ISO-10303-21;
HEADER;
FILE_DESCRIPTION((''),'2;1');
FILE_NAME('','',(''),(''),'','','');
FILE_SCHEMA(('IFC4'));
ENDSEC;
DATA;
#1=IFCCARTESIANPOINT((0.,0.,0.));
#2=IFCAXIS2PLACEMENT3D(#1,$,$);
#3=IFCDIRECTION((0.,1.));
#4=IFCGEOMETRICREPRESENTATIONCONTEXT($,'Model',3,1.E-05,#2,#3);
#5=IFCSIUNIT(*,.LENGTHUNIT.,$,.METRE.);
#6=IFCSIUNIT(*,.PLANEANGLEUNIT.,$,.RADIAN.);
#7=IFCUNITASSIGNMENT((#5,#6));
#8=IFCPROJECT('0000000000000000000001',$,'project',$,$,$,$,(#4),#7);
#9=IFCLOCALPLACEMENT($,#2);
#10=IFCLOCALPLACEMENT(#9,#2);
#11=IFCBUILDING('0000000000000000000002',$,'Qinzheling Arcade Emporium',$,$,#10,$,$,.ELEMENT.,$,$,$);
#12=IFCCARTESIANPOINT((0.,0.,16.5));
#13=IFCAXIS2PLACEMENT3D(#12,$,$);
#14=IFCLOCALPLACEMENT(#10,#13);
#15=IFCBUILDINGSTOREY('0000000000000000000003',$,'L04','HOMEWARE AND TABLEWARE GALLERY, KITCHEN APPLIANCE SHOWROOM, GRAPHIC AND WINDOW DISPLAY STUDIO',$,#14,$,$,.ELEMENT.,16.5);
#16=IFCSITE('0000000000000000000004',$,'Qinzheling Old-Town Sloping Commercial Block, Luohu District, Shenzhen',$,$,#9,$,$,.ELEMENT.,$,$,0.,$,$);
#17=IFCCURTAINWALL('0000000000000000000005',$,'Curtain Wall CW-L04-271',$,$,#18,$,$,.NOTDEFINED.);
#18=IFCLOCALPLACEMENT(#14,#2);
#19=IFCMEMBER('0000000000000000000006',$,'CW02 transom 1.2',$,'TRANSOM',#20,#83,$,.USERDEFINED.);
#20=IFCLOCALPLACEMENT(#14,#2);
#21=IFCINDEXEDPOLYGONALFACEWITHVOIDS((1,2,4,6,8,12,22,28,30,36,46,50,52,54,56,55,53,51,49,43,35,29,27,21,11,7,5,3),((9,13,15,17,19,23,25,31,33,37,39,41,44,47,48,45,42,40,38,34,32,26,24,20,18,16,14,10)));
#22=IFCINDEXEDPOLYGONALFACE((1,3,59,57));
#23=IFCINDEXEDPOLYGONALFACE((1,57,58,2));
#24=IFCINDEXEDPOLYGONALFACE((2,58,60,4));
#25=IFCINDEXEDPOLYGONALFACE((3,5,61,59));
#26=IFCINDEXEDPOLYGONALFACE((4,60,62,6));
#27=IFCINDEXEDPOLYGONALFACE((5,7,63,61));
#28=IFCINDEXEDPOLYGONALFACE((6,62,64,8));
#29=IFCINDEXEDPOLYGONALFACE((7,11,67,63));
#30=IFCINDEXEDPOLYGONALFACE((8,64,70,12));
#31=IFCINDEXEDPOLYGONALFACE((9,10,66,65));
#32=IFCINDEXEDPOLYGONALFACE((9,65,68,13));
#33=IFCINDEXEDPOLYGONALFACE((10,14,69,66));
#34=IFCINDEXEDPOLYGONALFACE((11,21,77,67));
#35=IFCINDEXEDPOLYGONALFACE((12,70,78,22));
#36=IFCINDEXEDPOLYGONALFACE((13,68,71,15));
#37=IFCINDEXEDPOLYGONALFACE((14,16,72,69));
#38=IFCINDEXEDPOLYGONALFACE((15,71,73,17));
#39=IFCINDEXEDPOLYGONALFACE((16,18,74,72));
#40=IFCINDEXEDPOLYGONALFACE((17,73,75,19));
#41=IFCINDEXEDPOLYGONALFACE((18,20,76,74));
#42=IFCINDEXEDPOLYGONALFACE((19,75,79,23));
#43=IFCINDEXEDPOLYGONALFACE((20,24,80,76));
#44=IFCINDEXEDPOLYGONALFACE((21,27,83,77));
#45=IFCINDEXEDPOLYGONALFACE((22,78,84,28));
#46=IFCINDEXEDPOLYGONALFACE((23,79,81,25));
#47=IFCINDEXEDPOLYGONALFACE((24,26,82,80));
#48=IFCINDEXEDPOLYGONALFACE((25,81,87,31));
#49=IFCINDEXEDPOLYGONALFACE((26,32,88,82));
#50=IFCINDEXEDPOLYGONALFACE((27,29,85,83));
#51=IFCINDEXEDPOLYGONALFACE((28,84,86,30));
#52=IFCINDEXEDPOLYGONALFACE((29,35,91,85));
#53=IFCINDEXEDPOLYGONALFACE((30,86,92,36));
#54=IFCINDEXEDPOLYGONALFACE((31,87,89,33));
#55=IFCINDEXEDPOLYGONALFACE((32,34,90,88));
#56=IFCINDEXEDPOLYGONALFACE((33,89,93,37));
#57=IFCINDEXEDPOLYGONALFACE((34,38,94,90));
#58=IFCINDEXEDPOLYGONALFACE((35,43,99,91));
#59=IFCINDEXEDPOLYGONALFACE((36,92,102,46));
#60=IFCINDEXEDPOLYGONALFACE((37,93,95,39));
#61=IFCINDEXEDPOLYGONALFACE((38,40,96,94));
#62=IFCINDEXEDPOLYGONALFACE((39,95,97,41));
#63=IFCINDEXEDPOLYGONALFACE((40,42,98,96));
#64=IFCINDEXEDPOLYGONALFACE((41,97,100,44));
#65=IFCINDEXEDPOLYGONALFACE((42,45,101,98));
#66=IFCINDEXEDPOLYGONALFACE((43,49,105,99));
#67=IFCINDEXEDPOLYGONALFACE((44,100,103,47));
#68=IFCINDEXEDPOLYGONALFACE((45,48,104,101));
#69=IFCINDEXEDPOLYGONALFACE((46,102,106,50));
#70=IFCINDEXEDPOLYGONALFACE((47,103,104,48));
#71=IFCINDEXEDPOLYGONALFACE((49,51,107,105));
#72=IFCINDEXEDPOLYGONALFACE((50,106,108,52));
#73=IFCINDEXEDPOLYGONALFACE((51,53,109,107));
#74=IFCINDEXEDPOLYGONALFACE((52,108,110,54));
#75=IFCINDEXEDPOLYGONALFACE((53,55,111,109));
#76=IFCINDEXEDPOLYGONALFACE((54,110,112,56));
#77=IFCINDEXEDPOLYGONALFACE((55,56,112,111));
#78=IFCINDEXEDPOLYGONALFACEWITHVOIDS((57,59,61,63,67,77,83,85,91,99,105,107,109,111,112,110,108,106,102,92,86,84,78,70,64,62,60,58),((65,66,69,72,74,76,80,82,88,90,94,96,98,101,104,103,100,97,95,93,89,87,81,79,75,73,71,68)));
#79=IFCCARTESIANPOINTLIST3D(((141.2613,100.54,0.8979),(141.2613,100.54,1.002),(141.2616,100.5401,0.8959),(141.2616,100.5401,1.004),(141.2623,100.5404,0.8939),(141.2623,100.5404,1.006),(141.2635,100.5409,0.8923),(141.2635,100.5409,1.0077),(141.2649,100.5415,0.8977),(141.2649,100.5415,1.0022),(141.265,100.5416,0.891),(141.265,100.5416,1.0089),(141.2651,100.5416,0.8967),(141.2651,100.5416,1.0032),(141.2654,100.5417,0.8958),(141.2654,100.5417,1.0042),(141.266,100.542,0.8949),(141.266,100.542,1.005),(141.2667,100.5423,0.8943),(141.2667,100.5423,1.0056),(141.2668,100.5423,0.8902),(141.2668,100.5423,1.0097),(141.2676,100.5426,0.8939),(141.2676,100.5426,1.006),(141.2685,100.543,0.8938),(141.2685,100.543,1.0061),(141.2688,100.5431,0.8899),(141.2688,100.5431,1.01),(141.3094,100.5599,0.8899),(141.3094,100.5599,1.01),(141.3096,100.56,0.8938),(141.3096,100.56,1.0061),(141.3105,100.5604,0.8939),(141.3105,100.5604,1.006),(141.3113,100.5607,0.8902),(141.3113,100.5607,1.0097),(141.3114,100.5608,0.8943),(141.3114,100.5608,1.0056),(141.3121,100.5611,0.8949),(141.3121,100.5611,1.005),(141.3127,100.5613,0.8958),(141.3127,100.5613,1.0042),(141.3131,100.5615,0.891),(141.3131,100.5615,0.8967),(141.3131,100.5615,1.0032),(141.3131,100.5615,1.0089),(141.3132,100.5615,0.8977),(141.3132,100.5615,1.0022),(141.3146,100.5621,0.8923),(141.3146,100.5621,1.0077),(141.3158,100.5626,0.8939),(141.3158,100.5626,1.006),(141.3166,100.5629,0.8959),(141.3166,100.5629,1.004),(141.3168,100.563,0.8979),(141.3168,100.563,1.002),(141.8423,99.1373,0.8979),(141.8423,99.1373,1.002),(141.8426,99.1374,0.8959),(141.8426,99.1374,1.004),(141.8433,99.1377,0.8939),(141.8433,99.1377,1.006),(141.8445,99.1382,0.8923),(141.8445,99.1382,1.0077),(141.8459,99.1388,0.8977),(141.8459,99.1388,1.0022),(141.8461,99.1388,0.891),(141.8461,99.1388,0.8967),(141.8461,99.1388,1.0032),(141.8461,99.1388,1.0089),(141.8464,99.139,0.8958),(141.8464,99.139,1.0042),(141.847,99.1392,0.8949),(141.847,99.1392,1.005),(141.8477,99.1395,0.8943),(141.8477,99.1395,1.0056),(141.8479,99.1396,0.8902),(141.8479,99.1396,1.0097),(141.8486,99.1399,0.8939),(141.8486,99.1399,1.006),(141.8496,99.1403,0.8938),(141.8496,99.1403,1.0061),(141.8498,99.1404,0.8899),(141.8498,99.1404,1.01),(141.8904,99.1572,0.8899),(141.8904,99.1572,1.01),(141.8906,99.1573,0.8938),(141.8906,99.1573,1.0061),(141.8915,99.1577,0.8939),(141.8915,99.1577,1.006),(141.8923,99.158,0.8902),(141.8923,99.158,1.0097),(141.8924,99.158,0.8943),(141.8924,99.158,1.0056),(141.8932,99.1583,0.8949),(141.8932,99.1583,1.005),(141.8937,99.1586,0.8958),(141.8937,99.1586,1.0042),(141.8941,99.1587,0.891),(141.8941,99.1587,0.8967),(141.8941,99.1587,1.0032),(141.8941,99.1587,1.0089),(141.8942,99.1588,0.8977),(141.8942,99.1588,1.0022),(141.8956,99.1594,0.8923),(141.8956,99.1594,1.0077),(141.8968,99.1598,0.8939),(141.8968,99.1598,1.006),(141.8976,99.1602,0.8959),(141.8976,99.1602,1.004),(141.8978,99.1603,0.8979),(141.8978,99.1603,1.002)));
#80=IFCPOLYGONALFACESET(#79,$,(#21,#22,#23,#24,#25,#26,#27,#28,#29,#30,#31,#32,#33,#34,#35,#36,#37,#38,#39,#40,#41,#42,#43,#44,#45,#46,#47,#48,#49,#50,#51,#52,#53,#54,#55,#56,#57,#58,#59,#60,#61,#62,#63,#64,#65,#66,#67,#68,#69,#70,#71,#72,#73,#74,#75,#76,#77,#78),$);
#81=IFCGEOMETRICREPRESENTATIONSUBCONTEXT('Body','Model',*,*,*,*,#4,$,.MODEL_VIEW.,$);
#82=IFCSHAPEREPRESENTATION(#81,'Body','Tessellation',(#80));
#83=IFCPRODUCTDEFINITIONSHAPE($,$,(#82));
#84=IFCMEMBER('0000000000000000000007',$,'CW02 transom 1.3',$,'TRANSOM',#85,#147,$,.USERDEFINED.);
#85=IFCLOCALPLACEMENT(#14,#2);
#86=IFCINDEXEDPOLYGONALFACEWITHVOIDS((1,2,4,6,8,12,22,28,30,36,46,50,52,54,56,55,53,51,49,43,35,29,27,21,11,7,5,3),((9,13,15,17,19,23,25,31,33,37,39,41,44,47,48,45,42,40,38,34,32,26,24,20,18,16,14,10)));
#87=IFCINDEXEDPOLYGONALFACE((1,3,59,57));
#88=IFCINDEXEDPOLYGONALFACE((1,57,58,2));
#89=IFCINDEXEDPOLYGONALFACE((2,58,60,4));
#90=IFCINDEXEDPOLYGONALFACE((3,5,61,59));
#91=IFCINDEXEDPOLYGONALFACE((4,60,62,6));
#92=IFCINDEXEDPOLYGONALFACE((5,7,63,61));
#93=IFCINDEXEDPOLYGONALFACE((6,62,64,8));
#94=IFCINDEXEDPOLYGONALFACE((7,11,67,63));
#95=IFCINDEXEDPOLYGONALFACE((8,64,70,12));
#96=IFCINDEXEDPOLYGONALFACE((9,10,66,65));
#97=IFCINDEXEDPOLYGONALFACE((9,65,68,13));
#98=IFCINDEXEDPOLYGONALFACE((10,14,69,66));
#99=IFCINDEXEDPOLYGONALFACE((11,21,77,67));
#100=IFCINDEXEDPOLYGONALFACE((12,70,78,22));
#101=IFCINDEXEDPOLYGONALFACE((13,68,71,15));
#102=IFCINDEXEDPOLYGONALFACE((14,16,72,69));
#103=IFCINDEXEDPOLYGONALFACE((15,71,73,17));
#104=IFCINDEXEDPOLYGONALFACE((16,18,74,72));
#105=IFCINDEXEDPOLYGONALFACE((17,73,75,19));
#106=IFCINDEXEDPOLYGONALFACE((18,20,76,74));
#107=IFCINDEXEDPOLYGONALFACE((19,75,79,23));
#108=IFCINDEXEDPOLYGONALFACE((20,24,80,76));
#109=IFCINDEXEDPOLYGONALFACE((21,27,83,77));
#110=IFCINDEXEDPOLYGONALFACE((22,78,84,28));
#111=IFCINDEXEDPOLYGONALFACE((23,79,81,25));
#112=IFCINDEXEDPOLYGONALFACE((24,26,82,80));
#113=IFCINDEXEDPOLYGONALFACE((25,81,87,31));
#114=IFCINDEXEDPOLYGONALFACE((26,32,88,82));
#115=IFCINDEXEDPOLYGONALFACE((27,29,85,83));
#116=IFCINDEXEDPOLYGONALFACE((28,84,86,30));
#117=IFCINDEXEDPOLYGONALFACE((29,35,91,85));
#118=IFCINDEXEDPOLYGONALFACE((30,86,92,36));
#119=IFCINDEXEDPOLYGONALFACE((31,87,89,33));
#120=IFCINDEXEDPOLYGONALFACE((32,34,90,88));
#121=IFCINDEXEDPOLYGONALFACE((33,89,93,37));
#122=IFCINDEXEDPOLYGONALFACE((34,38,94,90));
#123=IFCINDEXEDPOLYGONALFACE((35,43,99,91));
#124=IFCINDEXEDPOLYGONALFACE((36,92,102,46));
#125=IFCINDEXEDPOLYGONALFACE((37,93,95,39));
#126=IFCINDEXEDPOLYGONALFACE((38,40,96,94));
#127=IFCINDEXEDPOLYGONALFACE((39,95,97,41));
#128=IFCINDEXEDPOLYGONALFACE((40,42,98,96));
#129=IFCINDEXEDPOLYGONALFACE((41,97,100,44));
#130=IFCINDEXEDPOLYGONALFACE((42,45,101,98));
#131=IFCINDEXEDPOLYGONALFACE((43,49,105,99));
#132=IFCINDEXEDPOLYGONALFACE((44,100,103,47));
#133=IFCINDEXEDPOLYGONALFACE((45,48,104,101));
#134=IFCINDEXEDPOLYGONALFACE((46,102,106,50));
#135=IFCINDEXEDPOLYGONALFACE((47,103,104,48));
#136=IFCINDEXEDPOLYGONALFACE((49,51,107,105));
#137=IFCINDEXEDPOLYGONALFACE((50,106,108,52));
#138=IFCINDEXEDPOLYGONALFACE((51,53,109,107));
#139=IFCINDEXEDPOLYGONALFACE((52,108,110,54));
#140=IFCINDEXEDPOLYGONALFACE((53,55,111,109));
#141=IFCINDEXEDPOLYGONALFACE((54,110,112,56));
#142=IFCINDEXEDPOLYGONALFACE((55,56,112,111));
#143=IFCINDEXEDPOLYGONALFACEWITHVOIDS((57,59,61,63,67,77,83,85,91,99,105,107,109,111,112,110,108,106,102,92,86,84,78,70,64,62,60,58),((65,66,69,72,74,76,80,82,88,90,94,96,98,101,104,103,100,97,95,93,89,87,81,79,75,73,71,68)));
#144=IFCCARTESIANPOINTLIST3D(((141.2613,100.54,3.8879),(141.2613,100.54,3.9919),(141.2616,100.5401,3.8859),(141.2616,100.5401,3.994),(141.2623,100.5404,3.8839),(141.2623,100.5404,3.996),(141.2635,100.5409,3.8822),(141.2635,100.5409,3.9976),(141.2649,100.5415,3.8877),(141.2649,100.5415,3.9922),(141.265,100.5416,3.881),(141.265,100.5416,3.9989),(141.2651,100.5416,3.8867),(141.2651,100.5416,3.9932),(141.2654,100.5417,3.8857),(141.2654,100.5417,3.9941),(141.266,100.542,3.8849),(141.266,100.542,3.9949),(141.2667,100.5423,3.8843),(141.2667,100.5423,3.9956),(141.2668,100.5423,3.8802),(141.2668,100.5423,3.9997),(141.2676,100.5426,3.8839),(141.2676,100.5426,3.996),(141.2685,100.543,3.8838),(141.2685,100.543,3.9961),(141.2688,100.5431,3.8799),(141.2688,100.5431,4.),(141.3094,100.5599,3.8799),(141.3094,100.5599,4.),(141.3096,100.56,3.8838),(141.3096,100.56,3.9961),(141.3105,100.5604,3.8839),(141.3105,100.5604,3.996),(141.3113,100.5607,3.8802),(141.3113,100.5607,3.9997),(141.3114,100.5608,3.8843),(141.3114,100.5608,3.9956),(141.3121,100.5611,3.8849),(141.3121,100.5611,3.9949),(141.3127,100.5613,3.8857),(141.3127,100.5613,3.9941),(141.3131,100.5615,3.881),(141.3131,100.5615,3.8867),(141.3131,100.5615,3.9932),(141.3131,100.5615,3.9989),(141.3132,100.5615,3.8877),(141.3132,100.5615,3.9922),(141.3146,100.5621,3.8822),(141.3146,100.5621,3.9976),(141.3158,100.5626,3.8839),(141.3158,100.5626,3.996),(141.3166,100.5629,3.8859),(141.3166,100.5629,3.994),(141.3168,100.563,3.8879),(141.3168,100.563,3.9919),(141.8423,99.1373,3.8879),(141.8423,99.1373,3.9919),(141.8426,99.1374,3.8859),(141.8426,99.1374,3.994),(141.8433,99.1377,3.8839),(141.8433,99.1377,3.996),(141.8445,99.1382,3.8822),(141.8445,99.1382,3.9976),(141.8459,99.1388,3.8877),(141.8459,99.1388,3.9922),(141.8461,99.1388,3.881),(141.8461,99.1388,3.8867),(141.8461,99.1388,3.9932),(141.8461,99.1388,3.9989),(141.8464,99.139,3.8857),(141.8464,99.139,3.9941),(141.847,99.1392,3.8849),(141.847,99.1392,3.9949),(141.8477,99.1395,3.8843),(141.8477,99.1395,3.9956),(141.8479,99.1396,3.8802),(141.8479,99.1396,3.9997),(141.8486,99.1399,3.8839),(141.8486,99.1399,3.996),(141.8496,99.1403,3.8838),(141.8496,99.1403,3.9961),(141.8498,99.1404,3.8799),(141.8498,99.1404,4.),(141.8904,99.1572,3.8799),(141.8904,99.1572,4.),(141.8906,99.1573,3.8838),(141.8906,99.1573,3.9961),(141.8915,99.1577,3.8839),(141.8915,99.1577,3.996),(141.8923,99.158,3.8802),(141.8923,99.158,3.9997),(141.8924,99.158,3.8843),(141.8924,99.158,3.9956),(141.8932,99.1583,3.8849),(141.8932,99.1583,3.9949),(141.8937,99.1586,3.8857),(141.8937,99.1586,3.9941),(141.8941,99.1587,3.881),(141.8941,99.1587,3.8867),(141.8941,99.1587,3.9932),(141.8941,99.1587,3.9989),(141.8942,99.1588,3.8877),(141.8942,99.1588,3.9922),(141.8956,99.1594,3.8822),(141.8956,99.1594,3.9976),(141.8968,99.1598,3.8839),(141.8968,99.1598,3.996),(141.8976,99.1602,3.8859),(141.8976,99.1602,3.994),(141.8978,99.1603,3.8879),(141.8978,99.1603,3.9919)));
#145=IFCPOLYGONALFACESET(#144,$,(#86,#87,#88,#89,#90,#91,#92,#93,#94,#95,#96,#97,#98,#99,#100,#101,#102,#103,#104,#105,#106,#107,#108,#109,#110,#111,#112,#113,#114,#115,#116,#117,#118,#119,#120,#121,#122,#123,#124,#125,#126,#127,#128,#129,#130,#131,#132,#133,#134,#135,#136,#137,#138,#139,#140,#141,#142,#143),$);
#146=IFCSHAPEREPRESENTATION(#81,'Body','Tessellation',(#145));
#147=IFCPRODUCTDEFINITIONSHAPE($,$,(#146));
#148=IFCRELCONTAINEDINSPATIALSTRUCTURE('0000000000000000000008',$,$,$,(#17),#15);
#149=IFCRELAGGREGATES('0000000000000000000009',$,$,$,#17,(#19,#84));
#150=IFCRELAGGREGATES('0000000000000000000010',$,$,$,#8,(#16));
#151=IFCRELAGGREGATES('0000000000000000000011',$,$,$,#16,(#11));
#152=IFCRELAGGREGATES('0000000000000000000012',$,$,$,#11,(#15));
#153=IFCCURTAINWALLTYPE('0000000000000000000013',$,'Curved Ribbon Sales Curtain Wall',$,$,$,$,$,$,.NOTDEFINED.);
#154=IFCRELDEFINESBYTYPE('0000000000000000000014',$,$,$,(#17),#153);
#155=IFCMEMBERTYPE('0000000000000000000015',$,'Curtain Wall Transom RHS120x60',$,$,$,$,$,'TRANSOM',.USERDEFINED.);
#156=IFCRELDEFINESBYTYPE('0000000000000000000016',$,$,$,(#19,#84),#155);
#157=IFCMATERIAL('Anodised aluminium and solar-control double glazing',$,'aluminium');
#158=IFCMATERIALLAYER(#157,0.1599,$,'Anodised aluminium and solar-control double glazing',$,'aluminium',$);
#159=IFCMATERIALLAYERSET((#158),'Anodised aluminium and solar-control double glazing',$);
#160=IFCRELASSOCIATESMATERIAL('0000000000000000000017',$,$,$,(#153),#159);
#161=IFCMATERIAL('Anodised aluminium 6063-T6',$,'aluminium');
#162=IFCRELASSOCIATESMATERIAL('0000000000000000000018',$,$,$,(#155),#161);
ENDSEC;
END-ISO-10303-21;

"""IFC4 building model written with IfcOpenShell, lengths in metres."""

from ifc_helpers import new_model, si_unit, direction, frame, origin, origin_2d, place, context, subcontext, project, spatial, hollow_rectangle, extrude, material, layer, layer_set, material_profile, profile_set, type_object, element, aggregate, save


model = new_model("IFC4")

# Units and contexts
model_context = context("Model", 3, precision=1e-05, world=origin(), true_north=direction((0.0, 1.0)))
body_context = subcontext(model_context, "Body", "Model", "MODEL_VIEW")
ifc_project = project(units=[si_unit("LENGTHUNIT", "METRE"), si_unit("PLANEANGLEUNIT", "RADIAN")], contexts=[model_context])

# Site, building, storey
site_placement = place(None, origin())
site = spatial("IfcSite", under=ifc_project, at=site_placement, Name="Qinzheling Old-Town Sloping Commercial Block, Luohu District, Shenzhen", CompositionType="ELEMENT", RefElevation=0.0)
building_placement = place(site_placement, origin())
building = spatial("IfcBuilding", under=site, at=building_placement, Name="Qinzheling Arcade Emporium", CompositionType="ELEMENT")
storey_placement = place(building_placement, frame((0.0, 0.0, 16.5)))
storey = spatial("IfcBuildingStorey", under=building, at=storey_placement, Name="L04", Description="HOMEWARE AND TABLEWARE GALLERY, KITCHEN APPLIANCE SHOWROOM, GRAPHIC AND WINDOW DISPLAY STUDIO", CompositionType="ELEMENT", Elevation=16.5)

# Shared definitions
ifc_material_1 = material(Name="Anodised aluminium and solar-control double glazing", Category="aluminium")
ifc_layer_1 = layer(ifc_material_1, 0.1599, Name="Anodised aluminium and solar-control double glazing", Category="aluminium")
ifc_layer_set_1 = layer_set([ifc_layer_1], Name="Anodised aluminium and solar-control double glazing")
curtain_wall_type = type_object("IfcCurtainWallType", Name="Curved Ribbon Sales Curtain Wall", PredefinedType="NOTDEFINED", material=ifc_layer_set_1)
ifc_material_2 = material(Name="Anodised aluminium 6063-T6", Category="aluminium")

# Curtain wall
curtain_wall_1_placement = place(storey_placement, origin())
curtain_wall_1 = element("IfcCurtainWall", 1, at=curtain_wall_1_placement, inside=storey, type_object=curtain_wall_type, Name="Curtain Wall CW-L04-271", PredefinedType="NOTDEFINED")

# Members
ifc_material_profile_1 = material_profile(ifc_material_2, hollow_rectangle(XDim=0.0601, YDim=0.1201, WallThickness=0.0039, InnerFilletRadius=0.0039, OuterFilletRadius=0.0081, at=origin_2d()), Name="RHS 120x60x4", Category="aluminium")
ifc_profile_set_1 = profile_set([ifc_material_profile_1], Name="Anodised aluminium 6063-T6")
member_type_1 = type_object("IfcMemberType", Name="Curtain Wall Transom RHS120x60", ElementType="TRANSOM", PredefinedType="USERDEFINED", material=ifc_profile_set_1)
member_1_placement = place(storey_placement, frame((141.2891, 100.5515, 0.95), z_axis=(0.382674, -0.923884, 0.0), x_axis=(0.923884, 0.382674, 0.0)))
member_1 = element("IfcMember", 2, at=member_1_placement, type_object=member_type_1, Name="CW02 transom 1.2", ObjectType="TRANSOM", PredefinedType="USERDEFINED", context=body_context, shape_type="SweptSolid", body=[
    extrude(hollow_rectangle(XDim=0.0601, YDim=0.1201, WallThickness=0.0039, InnerFilletRadius=0.0039, OuterFilletRadius=0.0081, at=origin_2d()), origin(), (0.0, 0.0, 1.0), 1.5183),
])
member_2_placement = place(storey_placement, frame((141.2891, 100.5515, 3.9399), z_axis=(0.382674, -0.923884, 0.0), x_axis=(0.923884, 0.382674, 0.0)))
member_2 = element("IfcMember", 3, at=member_2_placement, type_object=member_type_1, Name="CW02 transom 1.3", ObjectType="TRANSOM", PredefinedType="USERDEFINED", context=body_context, shape_type="SweptSolid", body=[
    extrude(hollow_rectangle(XDim=0.0601, YDim=0.1201, WallThickness=0.0039, InnerFilletRadius=0.0039, OuterFilletRadius=0.0081, at=origin_2d()), origin(), (0.0, 0.0, 1.0), 1.5183),
])

aggregate(curtain_wall_1, [member_1, member_2])

save(model, "model.ifc")
